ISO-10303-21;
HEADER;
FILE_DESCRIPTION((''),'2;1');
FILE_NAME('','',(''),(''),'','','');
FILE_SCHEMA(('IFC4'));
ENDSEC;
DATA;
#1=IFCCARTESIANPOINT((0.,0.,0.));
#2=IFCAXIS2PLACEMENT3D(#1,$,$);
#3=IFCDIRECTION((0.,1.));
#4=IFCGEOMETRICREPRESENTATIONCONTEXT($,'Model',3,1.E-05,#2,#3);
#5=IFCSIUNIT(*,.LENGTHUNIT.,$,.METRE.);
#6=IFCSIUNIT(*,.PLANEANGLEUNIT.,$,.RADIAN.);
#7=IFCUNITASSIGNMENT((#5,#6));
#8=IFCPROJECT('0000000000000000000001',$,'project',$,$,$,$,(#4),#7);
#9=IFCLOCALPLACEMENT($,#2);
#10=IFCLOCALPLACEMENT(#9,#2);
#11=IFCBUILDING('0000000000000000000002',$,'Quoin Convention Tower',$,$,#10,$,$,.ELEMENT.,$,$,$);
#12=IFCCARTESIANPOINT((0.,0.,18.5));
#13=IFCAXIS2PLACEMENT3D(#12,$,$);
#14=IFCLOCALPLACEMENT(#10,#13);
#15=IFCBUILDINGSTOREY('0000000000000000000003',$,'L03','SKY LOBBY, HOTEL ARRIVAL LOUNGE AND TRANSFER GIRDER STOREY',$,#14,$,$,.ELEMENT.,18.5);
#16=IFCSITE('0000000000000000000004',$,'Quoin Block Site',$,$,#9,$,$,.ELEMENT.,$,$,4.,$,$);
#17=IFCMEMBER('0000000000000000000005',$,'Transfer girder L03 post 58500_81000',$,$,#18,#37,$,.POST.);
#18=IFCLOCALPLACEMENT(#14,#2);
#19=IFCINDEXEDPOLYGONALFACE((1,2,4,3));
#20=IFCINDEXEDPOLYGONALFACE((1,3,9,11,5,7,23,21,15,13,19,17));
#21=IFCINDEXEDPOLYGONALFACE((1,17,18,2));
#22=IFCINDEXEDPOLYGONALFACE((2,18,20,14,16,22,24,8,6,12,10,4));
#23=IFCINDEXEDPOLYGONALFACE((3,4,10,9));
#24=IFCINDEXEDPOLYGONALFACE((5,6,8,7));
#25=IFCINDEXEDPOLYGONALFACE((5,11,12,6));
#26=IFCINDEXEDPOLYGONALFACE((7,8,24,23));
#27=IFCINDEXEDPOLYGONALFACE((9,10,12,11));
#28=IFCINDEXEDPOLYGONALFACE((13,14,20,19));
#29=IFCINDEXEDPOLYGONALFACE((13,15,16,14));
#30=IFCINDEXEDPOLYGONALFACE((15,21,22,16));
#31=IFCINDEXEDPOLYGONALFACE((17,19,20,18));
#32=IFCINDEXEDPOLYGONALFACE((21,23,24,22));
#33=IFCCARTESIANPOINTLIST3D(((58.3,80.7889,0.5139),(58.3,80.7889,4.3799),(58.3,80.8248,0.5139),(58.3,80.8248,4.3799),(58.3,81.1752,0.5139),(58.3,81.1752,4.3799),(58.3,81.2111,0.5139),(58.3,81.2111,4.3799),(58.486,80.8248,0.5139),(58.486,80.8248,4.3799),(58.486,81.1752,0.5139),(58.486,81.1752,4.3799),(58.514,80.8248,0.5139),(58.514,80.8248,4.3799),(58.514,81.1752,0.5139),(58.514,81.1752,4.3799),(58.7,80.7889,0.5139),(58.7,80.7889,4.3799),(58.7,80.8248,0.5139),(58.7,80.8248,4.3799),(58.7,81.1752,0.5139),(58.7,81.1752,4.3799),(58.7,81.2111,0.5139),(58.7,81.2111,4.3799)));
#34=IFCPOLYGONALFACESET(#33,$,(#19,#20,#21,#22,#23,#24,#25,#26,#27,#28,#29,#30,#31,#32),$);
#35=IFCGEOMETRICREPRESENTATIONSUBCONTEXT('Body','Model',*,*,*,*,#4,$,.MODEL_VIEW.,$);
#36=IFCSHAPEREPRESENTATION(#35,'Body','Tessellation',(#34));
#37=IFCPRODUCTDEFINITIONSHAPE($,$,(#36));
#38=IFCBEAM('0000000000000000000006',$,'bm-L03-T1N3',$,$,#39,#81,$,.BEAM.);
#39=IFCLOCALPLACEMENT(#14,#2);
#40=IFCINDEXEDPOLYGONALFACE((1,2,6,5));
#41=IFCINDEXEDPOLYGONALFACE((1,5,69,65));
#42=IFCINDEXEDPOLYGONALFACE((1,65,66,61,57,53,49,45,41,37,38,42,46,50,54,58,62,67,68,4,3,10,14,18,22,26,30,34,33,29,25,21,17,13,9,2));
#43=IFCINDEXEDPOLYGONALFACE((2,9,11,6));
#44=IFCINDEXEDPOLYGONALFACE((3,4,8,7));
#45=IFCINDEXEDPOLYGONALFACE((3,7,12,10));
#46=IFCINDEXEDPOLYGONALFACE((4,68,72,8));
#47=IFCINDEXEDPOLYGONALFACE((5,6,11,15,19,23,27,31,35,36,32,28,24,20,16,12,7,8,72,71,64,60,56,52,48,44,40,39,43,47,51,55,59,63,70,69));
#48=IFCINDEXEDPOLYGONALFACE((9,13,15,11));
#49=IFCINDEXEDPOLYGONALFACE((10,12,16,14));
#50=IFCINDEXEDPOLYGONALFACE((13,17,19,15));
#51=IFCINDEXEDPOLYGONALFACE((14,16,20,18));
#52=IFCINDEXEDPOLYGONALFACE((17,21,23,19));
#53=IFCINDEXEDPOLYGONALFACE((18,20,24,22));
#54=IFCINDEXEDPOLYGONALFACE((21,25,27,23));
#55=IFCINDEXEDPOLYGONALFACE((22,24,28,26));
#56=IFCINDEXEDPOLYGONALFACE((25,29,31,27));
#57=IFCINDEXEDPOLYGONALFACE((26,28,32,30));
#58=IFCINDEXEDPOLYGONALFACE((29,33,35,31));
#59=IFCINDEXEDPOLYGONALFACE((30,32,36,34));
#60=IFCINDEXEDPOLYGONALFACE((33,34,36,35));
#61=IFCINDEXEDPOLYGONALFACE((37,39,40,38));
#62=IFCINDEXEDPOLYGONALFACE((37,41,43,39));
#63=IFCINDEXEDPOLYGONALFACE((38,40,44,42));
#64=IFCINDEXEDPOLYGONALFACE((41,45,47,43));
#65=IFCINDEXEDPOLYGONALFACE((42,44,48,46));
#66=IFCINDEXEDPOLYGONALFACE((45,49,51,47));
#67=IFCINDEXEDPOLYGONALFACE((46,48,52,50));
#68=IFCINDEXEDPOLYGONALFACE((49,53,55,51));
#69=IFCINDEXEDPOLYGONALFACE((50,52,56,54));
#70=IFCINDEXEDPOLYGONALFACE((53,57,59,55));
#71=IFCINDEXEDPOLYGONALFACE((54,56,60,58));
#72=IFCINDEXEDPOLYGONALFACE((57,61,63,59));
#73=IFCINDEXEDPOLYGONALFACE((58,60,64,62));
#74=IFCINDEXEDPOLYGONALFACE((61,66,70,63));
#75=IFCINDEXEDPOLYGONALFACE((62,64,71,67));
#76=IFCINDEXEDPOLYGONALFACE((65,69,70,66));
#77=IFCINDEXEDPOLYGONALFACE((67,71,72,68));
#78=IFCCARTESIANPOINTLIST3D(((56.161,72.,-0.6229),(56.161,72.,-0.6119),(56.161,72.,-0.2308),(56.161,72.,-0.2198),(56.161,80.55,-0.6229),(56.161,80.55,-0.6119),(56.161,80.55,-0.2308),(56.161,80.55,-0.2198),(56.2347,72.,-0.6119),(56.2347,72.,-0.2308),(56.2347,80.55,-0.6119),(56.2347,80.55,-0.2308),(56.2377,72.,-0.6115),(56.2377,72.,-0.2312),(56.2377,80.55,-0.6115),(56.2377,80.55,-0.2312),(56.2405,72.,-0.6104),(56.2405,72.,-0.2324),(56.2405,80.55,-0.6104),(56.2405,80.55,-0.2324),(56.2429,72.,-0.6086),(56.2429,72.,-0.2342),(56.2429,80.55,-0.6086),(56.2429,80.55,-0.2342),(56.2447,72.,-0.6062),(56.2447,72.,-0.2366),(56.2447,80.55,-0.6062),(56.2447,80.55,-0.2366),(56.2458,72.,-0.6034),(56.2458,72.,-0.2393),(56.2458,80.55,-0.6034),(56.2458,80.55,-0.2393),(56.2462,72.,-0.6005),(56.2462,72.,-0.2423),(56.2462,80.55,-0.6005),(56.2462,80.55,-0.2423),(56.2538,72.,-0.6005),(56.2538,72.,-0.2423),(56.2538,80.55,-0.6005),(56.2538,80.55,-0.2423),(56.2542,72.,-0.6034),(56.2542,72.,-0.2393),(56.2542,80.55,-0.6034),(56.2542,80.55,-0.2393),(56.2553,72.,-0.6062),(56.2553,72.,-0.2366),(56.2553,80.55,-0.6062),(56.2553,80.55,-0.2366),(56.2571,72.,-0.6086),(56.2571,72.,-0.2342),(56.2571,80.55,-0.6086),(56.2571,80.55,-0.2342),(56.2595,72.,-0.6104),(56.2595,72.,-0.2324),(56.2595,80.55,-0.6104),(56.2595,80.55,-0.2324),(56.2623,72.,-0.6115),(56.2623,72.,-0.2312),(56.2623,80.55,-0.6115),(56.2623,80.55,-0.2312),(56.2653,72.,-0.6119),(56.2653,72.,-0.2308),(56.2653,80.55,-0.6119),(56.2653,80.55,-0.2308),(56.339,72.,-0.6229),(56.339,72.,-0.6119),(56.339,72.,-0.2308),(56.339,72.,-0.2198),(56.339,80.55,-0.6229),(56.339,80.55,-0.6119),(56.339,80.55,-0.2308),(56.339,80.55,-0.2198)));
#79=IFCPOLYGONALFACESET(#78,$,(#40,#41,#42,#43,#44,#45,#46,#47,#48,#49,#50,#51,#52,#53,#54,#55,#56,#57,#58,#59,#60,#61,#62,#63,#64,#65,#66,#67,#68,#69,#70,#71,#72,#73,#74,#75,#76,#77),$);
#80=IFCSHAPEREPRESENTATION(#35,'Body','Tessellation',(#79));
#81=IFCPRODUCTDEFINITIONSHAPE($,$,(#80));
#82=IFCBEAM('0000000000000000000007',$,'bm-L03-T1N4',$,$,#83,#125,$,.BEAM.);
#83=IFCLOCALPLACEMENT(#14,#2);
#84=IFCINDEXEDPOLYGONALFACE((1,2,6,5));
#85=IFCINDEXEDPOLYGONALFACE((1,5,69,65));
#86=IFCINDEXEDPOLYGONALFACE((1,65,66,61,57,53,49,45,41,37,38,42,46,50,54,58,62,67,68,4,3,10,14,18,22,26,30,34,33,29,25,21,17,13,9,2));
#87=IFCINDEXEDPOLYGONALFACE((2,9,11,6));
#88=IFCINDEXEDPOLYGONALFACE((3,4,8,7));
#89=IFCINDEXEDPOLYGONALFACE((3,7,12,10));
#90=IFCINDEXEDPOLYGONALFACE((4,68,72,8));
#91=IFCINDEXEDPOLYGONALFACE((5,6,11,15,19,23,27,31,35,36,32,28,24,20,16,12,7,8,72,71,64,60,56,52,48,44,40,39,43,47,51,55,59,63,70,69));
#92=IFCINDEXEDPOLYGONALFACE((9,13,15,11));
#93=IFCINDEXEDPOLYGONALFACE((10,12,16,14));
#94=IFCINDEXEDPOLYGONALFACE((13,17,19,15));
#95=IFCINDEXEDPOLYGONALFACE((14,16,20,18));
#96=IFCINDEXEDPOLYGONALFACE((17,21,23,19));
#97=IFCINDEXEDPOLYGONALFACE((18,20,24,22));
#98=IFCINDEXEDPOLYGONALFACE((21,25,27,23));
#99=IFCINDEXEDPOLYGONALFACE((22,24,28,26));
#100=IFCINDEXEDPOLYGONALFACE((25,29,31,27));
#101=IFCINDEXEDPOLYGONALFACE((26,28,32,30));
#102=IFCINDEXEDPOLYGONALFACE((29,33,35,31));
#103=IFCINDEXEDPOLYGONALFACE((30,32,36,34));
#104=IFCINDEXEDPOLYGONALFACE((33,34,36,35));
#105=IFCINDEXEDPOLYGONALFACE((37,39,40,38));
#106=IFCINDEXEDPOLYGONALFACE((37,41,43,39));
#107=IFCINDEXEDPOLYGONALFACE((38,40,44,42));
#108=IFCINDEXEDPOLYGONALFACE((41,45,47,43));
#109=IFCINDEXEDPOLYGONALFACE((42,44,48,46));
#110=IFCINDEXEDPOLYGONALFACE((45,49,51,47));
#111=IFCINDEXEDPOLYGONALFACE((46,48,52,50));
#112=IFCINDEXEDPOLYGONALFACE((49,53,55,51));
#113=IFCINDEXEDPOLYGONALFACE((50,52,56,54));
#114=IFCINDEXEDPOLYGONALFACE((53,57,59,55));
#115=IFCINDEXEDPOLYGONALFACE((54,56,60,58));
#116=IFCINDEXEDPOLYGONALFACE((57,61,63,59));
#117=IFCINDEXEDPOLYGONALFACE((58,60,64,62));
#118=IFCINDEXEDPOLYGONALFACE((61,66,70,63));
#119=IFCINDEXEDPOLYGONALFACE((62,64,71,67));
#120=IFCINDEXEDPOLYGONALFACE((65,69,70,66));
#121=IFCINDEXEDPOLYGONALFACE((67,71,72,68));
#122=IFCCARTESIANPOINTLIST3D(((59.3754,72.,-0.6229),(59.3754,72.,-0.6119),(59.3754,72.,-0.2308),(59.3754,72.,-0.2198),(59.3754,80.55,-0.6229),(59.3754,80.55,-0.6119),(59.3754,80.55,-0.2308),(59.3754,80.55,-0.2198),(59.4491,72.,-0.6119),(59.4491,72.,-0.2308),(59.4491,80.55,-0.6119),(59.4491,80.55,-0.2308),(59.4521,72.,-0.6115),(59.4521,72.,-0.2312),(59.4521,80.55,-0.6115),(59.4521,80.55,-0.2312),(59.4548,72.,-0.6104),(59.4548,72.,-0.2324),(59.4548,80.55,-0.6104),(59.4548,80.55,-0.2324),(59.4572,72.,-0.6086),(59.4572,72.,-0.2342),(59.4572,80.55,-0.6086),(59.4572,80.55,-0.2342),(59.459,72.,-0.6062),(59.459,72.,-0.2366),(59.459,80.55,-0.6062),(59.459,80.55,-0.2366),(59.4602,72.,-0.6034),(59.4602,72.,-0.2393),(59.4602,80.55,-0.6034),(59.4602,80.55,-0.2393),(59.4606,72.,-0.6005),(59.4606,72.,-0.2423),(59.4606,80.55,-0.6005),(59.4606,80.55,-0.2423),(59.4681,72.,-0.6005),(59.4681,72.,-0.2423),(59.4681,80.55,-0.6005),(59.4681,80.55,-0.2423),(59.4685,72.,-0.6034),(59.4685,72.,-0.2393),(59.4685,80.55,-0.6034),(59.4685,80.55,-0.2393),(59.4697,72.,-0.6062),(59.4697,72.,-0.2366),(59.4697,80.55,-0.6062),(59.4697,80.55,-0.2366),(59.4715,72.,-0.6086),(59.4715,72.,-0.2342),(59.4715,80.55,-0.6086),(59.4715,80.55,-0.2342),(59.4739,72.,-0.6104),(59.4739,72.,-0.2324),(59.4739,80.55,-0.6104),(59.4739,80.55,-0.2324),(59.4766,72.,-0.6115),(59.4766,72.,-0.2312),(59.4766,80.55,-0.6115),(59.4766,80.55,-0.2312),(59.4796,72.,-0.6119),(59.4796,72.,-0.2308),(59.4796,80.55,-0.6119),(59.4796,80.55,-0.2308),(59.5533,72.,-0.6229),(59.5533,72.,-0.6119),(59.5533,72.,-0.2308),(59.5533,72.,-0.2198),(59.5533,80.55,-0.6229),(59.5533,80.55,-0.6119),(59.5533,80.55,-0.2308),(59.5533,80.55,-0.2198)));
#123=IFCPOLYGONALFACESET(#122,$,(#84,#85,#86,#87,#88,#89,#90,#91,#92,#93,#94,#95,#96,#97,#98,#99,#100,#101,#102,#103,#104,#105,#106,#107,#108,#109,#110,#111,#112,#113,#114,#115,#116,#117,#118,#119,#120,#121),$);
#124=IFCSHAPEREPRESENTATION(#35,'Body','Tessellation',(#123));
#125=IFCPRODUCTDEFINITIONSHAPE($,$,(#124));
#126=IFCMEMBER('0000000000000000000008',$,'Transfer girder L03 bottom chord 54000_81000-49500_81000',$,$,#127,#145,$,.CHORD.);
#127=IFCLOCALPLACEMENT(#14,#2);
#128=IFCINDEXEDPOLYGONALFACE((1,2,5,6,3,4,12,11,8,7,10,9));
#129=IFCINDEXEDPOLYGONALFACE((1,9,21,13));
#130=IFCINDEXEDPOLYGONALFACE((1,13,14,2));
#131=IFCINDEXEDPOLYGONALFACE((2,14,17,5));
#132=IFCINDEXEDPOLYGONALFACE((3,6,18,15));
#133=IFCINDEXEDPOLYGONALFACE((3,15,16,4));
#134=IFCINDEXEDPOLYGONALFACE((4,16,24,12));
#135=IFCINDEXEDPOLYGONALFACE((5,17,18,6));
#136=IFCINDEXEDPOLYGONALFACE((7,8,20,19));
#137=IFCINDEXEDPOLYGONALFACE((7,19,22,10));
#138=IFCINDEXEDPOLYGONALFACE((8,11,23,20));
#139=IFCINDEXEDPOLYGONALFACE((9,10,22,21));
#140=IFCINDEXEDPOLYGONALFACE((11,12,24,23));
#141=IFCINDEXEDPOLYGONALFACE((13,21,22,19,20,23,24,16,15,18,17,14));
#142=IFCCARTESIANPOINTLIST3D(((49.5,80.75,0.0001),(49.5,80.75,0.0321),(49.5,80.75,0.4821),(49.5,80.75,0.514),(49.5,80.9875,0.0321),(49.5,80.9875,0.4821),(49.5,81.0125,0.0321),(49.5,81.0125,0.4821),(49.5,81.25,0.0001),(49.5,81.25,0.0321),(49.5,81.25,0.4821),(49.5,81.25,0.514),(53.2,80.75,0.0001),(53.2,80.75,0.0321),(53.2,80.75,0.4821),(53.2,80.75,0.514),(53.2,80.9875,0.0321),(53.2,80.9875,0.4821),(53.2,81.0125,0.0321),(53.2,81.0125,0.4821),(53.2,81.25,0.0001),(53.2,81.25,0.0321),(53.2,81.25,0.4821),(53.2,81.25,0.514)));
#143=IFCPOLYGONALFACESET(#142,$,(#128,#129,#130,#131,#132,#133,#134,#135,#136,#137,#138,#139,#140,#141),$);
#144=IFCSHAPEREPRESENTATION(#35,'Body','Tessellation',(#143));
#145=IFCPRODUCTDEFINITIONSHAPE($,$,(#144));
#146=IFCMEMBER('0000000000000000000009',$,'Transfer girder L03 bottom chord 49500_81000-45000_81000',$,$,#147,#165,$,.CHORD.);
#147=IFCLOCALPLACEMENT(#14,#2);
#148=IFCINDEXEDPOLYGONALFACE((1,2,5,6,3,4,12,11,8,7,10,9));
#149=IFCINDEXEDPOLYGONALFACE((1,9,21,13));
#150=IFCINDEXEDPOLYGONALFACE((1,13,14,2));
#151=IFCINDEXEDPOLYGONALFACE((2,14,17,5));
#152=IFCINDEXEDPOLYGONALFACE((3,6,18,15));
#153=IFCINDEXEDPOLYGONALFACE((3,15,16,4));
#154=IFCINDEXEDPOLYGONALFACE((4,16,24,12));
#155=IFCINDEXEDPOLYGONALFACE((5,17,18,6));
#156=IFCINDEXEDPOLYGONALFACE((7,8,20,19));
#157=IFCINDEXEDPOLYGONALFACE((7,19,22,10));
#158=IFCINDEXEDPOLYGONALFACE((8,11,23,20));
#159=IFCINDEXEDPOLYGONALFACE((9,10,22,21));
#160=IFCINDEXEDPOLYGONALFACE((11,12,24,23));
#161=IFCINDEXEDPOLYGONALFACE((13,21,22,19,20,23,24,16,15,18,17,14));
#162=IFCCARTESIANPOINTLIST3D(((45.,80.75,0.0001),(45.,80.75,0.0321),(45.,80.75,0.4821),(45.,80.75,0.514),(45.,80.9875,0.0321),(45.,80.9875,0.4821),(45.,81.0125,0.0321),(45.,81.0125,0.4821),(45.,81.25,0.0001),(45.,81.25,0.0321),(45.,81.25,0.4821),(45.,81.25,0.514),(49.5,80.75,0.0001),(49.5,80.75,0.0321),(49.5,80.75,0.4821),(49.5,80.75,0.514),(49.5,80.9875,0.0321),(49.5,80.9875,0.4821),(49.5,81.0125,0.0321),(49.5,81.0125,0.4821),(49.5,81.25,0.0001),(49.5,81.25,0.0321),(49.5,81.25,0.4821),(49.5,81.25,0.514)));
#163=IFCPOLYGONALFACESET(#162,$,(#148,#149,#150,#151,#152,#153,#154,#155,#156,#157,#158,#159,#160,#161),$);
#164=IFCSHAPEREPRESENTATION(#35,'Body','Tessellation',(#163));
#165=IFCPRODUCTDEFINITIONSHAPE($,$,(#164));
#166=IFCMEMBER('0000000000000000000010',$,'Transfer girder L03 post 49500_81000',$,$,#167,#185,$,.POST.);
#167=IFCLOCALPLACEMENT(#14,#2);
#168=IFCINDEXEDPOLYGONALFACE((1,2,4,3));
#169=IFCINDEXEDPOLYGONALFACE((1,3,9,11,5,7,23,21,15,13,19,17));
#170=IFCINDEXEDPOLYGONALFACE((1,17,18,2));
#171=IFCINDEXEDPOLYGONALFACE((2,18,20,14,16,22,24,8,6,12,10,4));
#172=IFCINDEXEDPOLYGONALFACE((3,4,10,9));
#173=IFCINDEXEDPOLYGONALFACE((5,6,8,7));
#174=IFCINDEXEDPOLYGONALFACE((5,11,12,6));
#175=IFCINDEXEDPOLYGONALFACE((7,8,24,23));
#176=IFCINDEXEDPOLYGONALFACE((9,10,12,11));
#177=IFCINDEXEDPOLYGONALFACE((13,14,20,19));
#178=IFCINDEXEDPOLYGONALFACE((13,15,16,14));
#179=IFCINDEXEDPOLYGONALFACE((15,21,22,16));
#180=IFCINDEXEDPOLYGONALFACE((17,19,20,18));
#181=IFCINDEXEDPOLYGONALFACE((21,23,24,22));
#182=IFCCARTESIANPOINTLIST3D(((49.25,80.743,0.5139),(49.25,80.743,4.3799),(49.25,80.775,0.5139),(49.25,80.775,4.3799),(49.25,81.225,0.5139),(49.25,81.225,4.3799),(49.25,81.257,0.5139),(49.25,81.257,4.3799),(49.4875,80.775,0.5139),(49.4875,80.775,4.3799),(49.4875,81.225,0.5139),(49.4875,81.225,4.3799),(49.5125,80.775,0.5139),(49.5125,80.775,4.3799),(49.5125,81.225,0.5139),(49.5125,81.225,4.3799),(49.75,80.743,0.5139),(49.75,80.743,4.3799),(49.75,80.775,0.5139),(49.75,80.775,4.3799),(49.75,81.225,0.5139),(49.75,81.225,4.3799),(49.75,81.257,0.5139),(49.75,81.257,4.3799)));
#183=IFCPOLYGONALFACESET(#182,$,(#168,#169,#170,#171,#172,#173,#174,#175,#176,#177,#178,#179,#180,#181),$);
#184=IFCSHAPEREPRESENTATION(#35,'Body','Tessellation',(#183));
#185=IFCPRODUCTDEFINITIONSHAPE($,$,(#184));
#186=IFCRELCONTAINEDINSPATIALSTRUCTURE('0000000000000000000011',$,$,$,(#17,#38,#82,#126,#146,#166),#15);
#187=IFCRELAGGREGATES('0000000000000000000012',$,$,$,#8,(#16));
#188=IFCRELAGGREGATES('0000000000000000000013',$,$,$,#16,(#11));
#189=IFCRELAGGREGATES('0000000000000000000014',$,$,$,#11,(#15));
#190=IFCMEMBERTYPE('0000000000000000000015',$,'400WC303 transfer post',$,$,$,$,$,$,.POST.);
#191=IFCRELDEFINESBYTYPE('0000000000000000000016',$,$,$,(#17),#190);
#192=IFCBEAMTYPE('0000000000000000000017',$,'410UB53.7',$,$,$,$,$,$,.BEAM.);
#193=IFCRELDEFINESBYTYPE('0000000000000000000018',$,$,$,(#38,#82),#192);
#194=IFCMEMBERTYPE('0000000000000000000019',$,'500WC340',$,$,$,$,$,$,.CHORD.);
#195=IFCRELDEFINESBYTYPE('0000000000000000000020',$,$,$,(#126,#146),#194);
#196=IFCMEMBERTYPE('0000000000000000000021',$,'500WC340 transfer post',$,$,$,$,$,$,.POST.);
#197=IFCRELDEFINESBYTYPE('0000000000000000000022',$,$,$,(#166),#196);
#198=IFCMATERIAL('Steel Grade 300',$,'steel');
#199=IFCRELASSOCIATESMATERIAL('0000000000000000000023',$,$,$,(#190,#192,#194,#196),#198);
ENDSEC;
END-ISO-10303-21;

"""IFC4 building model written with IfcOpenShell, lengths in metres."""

from ifc_helpers import new_model, si_unit, direction, frame, origin, origin_2d, place, context, subcontext, project, spatial, i_section, extrude, material, material_profile, profile_set, type_object, element, save


model = new_model("IFC4")

# Units and contexts
model_context = context("Model", 3, precision=1e-05, world=origin(), true_north=direction((0.0, 1.0)))
body_context = subcontext(model_context, "Body", "Model", "MODEL_VIEW")
ifc_project = project(units=[si_unit("LENGTHUNIT", "METRE"), si_unit("PLANEANGLEUNIT", "RADIAN")], contexts=[model_context])

# Site, building, storey
site_placement = place(None, origin())
site = spatial("IfcSite", under=ifc_project, at=site_placement, Name="Quoin Block Site", CompositionType="ELEMENT", RefElevation=4.0)
building_placement = place(site_placement, origin())
building = spatial("IfcBuilding", under=site, at=building_placement, Name="Quoin Convention Tower", CompositionType="ELEMENT")
storey_placement = place(building_placement, frame((0.0, 0.0, 18.5)))
storey = spatial("IfcBuildingStorey", under=building, at=storey_placement, Name="L03", Description="SKY LOBBY, HOTEL ARRIVAL LOUNGE AND TRANSFER GIRDER STOREY", CompositionType="ELEMENT", Elevation=18.5)

# Shared definitions
ifc_material_1 = material(Name="Steel Grade 300", Category="steel")

# Member
ifc_material_profile_1 = material_profile(ifc_material_1, i_section(OverallWidth=0.3999, OverallDepth=0.4221, WebThickness=0.0281, FlangeThickness=0.0359, at=origin_2d()), Name="400WC303")
ifc_profile_set_1 = profile_set([ifc_material_profile_1], Name="Steel Grade 300")
member_type_1 = type_object("IfcMemberType", Name="400WC303 transfer post", PredefinedType="POST", material=ifc_profile_set_1)
member_1_placement = place(storey_placement, frame((58.5, 81.0, 0.5139), z_axis=(0.0, 0.0, 1.0), x_axis=(1.0, 0.0, 0.0)))
element("IfcMember", 1, at=member_1_placement, inside=storey, type_object=member_type_1, Name="Transfer girder L03 post 58500_81000", PredefinedType="POST", context=body_context, shape_type="SweptSolid", body=[
    extrude(i_section(OverallWidth=0.3999, OverallDepth=0.4221, WebThickness=0.0281, FlangeThickness=0.0359, at=origin_2d()), origin(), (0.0, 0.0, 1.0), 3.866),
])

# Beams
ifc_material_profile_2 = material_profile(ifc_material_1, i_section(OverallWidth=0.178, OverallDepth=0.4031, WebThickness=0.0076, FlangeThickness=0.011, FilletRadius=0.0115, at=origin_2d()), Name="410UB53.7")
ifc_profile_set_2 = profile_set([ifc_material_profile_2], Name="Steel Grade 300")
beam_type_1 = type_object("IfcBeamType", Name="410UB53.7", PredefinedType="BEAM", material=ifc_profile_set_2)
for number, where, z_axis, x_axis, name in (
    (2, (56.25, 72.0, -0.4214), (0.0, 1.0, 0.0), (-1.0, 0.0, 0.0), "bm-L03-T1N3"),
    (3, (59.4644, 72.0, -0.4214), (0.0, 1.0, 0.0), (-1.0, 0.0, 0.0), "bm-L03-T1N4"),
):
    element("IfcBeam", number, at=place(storey_placement, frame(where, z_axis=z_axis, x_axis=x_axis)), inside=storey, type_object=beam_type_1, Name=name, PredefinedType="BEAM", context=body_context, shape_type="SweptSolid", body=[
        extrude(i_section(OverallWidth=0.178, OverallDepth=0.4031, WebThickness=0.0076, FlangeThickness=0.011, FilletRadius=0.0115, at=origin_2d()), origin(), (0.0, 0.0, 1.0), 8.55),
    ])

# Members
ifc_material_profile_3 = material_profile(ifc_material_1, i_section(OverallWidth=0.5, OverallDepth=0.5139, WebThickness=0.0249, FlangeThickness=0.032, at=origin_2d()), Name="500WC340")
ifc_profile_set_3 = profile_set([ifc_material_profile_3], Name="Steel Grade 300")
member_type_2 = type_object("IfcMemberType", Name="500WC340", PredefinedType="CHORD", material=ifc_profile_set_3)
member_2_placement = place(storey_placement, frame((53.2, 81.0, 0.2571), z_axis=(-1.0, 0.0, 0.0), x_axis=(0.0, -1.0, 0.0)))
element("IfcMember", 4, at=member_2_placement, inside=storey, type_object=member_type_2, Name="Transfer girder L03 bottom chord 54000_81000-49500_81000", PredefinedType="CHORD", context=body_context, shape_type="SweptSolid", body=[
    extrude(i_section(OverallWidth=0.5, OverallDepth=0.5139, WebThickness=0.0249, FlangeThickness=0.032, at=origin_2d()), origin(), (0.0, 0.0, 1.0), 3.7),
])
member_3_placement = place(storey_placement, frame((49.5, 81.0, 0.2571), z_axis=(-1.0, 0.0, 0.0), x_axis=(0.0, -1.0, 0.0)))
element("IfcMember", 5, at=member_3_placement, inside=storey, type_object=member_type_2, Name="Transfer girder L03 bottom chord 49500_81000-45000_81000", PredefinedType="CHORD", context=body_context, shape_type="SweptSolid", body=[
    extrude(i_section(OverallWidth=0.5, OverallDepth=0.5139, WebThickness=0.0249, FlangeThickness=0.032, at=origin_2d()), origin(), (0.0, 0.0, 1.0), 4.5),
])
ifc_material_profile_4 = material_profile(ifc_material_1, i_section(OverallWidth=0.5, OverallDepth=0.5139, WebThickness=0.0249, FlangeThickness=0.032, at=origin_2d()), Name="500WC340")
ifc_profile_set_4 = profile_set([ifc_material_profile_4], Name="Steel Grade 300")
member_type_3 = type_object("IfcMemberType", Name="500WC340 transfer post", PredefinedType="POST", material=ifc_profile_set_4)
member_4_placement = place(storey_placement, frame((49.5, 81.0, 0.5139), z_axis=(0.0, 0.0, 1.0), x_axis=(1.0, 0.0, 0.0)))
element("IfcMember", 6, at=member_4_placement, inside=storey, type_object=member_type_3, Name="Transfer girder L03 post 49500_81000", PredefinedType="POST", context=body_context, shape_type="SweptSolid", body=[
    extrude(i_section(OverallWidth=0.5, OverallDepth=0.5139, WebThickness=0.0249, FlangeThickness=0.032, at=origin_2d()), origin(), (0.0, 0.0, 1.0), 3.866),
])

save(model, "model.ifc")
